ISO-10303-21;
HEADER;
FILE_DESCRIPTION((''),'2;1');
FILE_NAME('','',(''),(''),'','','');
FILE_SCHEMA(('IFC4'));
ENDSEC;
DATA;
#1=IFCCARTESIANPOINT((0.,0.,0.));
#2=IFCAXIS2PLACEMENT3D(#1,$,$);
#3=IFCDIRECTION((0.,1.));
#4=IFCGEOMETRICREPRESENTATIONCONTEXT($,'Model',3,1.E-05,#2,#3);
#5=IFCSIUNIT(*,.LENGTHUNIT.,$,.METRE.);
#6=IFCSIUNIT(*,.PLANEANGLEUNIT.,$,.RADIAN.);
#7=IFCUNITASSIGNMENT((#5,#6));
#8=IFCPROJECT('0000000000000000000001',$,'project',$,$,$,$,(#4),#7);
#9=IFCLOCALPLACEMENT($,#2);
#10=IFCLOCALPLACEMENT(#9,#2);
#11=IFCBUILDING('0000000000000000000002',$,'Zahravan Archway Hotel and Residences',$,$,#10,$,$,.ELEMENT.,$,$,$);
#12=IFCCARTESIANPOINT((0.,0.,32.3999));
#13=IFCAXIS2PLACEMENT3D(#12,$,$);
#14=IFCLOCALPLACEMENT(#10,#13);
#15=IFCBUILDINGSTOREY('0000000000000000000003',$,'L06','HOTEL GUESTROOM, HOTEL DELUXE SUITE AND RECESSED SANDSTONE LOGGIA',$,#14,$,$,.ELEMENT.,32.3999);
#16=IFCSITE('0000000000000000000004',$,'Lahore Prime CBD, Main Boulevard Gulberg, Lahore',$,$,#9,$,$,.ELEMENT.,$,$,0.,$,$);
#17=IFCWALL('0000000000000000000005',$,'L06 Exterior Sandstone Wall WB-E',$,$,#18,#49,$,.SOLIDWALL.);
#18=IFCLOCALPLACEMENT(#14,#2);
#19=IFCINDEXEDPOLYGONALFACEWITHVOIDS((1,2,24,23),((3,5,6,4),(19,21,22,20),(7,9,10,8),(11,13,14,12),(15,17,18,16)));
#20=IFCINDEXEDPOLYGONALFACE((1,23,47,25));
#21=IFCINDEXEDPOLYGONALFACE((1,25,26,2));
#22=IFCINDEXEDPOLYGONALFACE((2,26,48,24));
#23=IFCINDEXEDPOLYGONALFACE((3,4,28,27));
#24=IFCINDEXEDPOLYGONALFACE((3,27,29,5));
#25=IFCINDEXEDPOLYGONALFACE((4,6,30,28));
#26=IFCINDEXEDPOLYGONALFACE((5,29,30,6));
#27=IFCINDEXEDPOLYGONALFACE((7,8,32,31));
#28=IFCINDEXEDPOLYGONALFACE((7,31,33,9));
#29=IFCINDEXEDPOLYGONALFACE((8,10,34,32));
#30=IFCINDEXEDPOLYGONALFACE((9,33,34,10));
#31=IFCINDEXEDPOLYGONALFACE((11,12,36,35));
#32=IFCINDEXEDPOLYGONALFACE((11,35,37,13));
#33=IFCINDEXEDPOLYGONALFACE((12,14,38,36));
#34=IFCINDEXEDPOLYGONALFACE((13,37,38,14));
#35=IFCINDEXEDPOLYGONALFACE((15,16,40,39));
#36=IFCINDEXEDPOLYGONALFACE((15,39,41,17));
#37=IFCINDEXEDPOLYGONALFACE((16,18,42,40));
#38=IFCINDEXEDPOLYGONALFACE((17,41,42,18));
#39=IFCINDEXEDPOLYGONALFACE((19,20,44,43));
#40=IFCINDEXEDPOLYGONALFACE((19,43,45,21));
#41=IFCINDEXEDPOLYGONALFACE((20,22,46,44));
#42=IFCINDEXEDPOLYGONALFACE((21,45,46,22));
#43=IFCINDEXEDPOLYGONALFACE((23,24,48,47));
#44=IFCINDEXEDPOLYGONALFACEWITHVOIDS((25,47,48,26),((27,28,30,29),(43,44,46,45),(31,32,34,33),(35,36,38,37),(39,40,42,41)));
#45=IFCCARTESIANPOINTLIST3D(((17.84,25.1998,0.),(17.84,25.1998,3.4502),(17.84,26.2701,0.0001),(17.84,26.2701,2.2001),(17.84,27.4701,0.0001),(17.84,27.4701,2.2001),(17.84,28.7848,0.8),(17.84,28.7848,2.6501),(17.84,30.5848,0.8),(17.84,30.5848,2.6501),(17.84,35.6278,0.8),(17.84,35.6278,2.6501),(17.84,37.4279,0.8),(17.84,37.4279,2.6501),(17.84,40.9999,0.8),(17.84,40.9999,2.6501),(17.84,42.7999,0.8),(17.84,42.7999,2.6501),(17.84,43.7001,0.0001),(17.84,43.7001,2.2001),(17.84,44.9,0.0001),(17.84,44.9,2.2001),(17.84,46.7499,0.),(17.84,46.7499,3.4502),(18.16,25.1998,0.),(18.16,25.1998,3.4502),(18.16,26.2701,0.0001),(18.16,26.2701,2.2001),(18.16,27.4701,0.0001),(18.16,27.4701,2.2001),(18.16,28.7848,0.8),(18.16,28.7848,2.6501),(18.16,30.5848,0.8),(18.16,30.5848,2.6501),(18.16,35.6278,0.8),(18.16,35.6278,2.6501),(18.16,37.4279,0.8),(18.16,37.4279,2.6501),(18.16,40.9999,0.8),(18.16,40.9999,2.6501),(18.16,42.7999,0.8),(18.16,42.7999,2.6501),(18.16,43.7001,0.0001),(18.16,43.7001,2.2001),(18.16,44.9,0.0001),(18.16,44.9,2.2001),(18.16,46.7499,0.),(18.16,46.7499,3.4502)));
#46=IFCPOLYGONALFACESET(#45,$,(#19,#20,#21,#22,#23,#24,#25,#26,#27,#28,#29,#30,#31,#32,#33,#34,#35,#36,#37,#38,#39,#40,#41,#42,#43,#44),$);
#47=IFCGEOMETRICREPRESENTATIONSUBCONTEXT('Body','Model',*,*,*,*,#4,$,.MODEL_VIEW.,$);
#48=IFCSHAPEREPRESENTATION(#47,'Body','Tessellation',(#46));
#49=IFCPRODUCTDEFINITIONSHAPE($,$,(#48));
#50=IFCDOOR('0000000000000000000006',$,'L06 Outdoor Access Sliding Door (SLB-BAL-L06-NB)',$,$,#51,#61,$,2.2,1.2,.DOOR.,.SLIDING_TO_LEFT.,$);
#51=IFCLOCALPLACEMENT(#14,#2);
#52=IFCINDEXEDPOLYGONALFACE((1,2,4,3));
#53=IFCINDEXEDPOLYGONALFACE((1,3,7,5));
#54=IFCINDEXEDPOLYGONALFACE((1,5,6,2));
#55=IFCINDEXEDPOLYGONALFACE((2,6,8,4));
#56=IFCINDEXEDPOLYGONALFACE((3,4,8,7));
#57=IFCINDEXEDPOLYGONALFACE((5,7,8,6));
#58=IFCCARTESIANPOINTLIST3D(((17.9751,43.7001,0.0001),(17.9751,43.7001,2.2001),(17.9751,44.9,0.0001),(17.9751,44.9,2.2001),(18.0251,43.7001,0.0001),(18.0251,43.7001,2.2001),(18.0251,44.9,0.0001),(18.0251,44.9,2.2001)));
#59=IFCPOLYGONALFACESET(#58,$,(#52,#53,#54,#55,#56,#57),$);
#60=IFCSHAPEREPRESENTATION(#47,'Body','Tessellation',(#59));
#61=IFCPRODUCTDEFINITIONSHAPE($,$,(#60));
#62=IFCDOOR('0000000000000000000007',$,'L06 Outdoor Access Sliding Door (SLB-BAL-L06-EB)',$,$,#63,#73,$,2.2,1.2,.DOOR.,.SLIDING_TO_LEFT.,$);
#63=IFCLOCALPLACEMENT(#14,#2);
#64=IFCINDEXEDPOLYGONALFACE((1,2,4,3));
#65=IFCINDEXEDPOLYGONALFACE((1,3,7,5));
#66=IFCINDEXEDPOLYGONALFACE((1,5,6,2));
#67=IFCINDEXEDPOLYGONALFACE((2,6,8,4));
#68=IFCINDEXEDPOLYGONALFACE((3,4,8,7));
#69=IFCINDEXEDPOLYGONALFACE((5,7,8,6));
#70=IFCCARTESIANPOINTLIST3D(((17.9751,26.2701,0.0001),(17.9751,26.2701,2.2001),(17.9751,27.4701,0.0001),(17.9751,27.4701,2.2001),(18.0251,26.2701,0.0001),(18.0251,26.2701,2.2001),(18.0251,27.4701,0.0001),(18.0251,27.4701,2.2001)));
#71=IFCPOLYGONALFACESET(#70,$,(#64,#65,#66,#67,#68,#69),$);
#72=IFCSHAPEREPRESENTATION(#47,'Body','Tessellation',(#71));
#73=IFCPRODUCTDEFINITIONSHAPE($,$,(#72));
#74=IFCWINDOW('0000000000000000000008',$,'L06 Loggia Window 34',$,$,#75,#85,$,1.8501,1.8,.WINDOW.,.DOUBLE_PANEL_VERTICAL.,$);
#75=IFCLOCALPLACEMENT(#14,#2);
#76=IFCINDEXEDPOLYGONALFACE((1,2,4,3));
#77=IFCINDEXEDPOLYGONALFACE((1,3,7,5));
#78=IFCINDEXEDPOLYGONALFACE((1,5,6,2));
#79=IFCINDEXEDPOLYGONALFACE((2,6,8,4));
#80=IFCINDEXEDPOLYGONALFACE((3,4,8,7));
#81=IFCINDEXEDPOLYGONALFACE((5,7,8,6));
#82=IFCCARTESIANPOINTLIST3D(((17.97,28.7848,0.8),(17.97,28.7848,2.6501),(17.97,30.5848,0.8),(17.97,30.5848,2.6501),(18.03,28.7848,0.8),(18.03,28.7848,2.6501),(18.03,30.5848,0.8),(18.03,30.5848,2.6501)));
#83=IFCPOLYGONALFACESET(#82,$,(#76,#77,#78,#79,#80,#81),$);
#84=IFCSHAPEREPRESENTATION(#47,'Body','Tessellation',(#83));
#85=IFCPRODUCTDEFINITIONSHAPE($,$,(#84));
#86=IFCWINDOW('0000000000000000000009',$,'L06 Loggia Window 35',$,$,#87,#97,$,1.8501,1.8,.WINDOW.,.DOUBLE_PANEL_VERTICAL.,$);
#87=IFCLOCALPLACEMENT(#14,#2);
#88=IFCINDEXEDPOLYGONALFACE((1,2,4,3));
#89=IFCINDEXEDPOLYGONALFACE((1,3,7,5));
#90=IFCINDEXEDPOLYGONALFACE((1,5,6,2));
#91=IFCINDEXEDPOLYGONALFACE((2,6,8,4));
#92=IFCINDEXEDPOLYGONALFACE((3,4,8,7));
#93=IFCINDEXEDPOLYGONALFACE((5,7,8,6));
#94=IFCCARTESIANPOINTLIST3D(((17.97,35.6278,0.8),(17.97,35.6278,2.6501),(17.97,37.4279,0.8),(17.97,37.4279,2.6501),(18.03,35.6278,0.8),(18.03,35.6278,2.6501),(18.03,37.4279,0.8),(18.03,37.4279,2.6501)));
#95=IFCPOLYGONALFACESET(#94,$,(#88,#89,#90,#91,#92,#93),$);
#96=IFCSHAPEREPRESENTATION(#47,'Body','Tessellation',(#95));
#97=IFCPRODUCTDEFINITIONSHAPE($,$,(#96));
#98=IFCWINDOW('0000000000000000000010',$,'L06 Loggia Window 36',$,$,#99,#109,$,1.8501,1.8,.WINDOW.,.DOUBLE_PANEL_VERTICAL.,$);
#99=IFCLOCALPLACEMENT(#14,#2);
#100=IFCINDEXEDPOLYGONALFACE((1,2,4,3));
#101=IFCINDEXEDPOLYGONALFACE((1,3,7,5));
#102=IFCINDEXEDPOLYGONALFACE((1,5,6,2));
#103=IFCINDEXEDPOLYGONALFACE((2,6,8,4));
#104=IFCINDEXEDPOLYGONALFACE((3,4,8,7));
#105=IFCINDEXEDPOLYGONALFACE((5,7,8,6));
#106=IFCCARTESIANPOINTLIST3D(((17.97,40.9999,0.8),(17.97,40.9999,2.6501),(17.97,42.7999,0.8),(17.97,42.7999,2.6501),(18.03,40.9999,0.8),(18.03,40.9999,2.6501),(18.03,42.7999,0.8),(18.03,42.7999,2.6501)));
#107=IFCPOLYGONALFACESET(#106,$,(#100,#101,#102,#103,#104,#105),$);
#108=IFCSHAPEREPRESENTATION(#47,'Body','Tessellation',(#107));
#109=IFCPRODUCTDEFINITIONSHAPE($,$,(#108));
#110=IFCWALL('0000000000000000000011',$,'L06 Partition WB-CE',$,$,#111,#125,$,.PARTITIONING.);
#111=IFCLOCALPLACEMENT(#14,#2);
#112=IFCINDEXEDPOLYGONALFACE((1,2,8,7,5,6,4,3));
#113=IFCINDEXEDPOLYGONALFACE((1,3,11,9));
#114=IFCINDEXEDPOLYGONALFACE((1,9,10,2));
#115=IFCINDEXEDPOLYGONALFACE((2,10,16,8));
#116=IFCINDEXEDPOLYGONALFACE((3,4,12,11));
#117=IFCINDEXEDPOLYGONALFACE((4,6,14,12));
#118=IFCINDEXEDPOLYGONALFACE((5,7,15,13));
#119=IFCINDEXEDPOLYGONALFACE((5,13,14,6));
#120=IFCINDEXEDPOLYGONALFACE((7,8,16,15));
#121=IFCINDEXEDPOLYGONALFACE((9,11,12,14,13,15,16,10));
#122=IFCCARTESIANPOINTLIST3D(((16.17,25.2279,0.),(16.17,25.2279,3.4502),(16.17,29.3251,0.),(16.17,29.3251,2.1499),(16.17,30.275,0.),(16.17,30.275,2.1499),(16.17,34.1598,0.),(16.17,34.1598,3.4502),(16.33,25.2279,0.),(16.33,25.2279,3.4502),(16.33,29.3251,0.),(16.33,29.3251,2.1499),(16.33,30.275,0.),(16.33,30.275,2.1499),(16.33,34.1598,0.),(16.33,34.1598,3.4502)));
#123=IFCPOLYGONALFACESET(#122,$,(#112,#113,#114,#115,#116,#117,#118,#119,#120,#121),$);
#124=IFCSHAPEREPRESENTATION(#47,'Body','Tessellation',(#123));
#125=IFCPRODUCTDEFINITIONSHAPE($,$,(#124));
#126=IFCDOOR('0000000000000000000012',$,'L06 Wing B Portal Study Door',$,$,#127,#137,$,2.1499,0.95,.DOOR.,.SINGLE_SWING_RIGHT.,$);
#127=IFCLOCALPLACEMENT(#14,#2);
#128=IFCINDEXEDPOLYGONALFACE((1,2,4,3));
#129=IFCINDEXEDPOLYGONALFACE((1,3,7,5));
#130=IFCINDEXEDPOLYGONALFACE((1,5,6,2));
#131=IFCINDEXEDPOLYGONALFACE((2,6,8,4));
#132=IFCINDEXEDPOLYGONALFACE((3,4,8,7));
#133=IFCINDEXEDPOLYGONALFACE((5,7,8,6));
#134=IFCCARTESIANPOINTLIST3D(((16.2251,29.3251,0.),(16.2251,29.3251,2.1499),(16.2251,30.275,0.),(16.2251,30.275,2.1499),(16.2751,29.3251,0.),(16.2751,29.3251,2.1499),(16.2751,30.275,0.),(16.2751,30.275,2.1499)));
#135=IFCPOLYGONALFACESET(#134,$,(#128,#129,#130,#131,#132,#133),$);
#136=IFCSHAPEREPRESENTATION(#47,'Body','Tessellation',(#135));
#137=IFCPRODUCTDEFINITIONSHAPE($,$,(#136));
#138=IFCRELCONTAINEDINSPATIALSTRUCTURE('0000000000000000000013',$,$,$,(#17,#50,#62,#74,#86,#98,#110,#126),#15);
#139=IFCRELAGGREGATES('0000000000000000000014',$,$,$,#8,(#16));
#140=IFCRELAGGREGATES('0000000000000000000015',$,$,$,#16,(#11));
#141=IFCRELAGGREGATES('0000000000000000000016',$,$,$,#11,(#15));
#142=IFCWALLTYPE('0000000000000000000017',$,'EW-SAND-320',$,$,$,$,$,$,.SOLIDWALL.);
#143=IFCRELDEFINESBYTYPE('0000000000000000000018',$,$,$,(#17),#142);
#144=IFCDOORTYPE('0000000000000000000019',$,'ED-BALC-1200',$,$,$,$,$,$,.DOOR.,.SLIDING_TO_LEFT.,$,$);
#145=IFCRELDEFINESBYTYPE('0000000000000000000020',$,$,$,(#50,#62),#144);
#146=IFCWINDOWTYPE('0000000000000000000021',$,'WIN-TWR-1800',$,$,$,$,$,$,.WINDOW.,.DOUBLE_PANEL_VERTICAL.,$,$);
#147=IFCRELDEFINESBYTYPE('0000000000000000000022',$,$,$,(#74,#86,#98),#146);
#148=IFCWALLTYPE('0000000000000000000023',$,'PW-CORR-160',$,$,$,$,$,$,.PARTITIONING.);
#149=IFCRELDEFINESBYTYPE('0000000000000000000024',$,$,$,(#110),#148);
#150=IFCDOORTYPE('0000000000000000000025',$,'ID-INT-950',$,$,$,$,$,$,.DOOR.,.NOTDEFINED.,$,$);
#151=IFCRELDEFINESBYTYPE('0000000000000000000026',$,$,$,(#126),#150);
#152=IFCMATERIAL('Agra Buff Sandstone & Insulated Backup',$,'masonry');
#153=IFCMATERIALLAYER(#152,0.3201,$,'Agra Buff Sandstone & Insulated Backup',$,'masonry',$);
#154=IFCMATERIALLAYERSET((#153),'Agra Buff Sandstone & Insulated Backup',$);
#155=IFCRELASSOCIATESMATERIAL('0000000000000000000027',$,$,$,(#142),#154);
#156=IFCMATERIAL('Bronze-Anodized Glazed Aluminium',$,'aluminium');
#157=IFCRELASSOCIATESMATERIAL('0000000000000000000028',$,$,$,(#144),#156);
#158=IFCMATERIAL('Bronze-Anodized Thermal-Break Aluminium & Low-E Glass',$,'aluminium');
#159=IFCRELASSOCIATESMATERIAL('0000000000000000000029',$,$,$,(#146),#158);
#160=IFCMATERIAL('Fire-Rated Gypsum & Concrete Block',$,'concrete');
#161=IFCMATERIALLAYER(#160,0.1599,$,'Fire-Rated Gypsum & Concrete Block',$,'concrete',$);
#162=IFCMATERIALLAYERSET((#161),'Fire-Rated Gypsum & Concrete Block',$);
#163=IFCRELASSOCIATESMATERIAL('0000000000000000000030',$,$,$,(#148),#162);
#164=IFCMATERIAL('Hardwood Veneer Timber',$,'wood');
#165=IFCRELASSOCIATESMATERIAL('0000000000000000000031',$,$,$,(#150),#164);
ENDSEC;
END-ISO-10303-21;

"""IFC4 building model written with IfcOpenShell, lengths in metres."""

from ifc_helpers import new_model, si_unit, direction, frame, frame_2d, origin, place, context, subcontext, project, spatial, rectangle, extrude, source, transform, mapped, material, layer, layer_set, type_object, type_shapes, element, fill, save


model = new_model("IFC4")

# Units and contexts
model_context = context("Model", 3, precision=1e-05, world=origin(), true_north=direction((0.0, 1.0)))
body_context = subcontext(model_context, "Body", "Model", "MODEL_VIEW")
ifc_project = project(units=[si_unit("LENGTHUNIT", "METRE"), si_unit("PLANEANGLEUNIT", "RADIAN")], contexts=[model_context])

# Site, building, storey
site_placement = place(None, origin())
site = spatial("IfcSite", under=ifc_project, at=site_placement, Name="Lahore Prime CBD, Main Boulevard Gulberg, Lahore", CompositionType="ELEMENT", RefElevation=0.0)
building_placement = place(site_placement, origin())
building = spatial("IfcBuilding", under=site, at=building_placement, Name="Zahravan Archway Hotel and Residences", CompositionType="ELEMENT")
storey_placement = place(building_placement, frame((0.0, 0.0, 32.3999)))
storey = spatial("IfcBuildingStorey", under=building, at=storey_placement, Name="L06", Description="HOTEL GUESTROOM, HOTEL DELUXE SUITE AND RECESSED SANDSTONE LOGGIA", CompositionType="ELEMENT", Elevation=32.3999)

# Wall, openings, doors, windows
ifc_material_1 = material(Name="Agra Buff Sandstone & Insulated Backup", Category="masonry")
ifc_layer_1 = layer(ifc_material_1, 0.3201, Name="Agra Buff Sandstone & Insulated Backup", Category="masonry")
ifc_layer_set_1 = layer_set([ifc_layer_1], Name="Agra Buff Sandstone & Insulated Backup")
wall_type_1 = type_object("IfcWallType", Name="EW-SAND-320", PredefinedType="SOLIDWALL", material=ifc_layer_set_1)
wall_1_placement = place(storey_placement, frame((18.0, 25.2, 0.0), z_axis=(0.0, 0.0, 1.0), x_axis=(0.0, 1.0, 0.0)))
wall_1 = element("IfcWall", 1, at=wall_1_placement, inside=storey, type_object=wall_type_1, Name="L06 Exterior Sandstone Wall WB-E", PredefinedType="SOLIDWALL", context=body_context, shape_type="SweptSolid", body=[
    extrude(rectangle(XDim=21.55, YDim=0.3201, at=frame_2d((10.7749, 0.0))), origin(), (0.0, 0.0, 1.0), 3.4502),
])
opening_1_placement = place(wall_1_placement, frame((18.5, 0.0, 0.0)))
opening_1 = element("IfcOpeningElement", 2, at=opening_1_placement, cuts=wall_1, PredefinedType="OPENING", context=body_context, shape_type="SweptSolid", body=[
    extrude(rectangle(XDim=1.2, YDim=2.2, at=frame_2d((0.6001, 1.1001))), frame((0.0, 0.1699, 0.0), z_axis=(0.0, -1.0, 0.0), x_axis=(1.0, 0.0, 0.0)), (0.0, 0.0, 1.0), 0.3401),
])
opening_2_placement = place(wall_1_placement, frame((1.0701, 0.0, 0.0)))
opening_2 = element("IfcOpeningElement", 3, at=opening_2_placement, cuts=wall_1, PredefinedType="OPENING", context=body_context, shape_type="SweptSolid", body=[
    extrude(rectangle(XDim=1.2, YDim=2.2, at=frame_2d((0.6001, 1.1001))), frame((0.0, 0.1699, 0.0), z_axis=(0.0, -1.0, 0.0), x_axis=(1.0, 0.0, 0.0)), (0.0, 0.0, 1.0), 0.3401),
])
opening_3_placement = place(wall_1_placement, frame((3.585, 0.0, 0.8)))
opening_3 = element("IfcOpeningElement", 4, at=opening_3_placement, cuts=wall_1, PredefinedType="OPENING", context=body_context, shape_type="SweptSolid", body=[
    extrude(rectangle(XDim=1.8, YDim=1.8501, at=frame_2d((0.8999, 0.925))), frame((0.0, 0.1699, 0.0), z_axis=(0.0, -1.0, 0.0), x_axis=(1.0, 0.0, 0.0)), (0.0, 0.0, 1.0), 0.3401),
])
opening_4_placement = place(wall_1_placement, frame((10.428, 0.0, 0.8)))
opening_4 = element("IfcOpeningElement", 5, at=opening_4_placement, cuts=wall_1, PredefinedType="OPENING", context=body_context, shape_type="SweptSolid", body=[
    extrude(rectangle(XDim=1.8, YDim=1.8501, at=frame_2d((0.8999, 0.925))), frame((0.0, 0.1699, 0.0), z_axis=(0.0, -1.0, 0.0), x_axis=(1.0, 0.0, 0.0)), (0.0, 0.0, 1.0), 0.3401),
])
opening_5_placement = place(wall_1_placement, frame((15.8, 0.0, 0.8)))
opening_5 = element("IfcOpeningElement", 6, at=opening_5_placement, cuts=wall_1, PredefinedType="OPENING", context=body_context, shape_type="SweptSolid", body=[
    extrude(rectangle(XDim=1.8, YDim=1.8501, at=frame_2d((0.8999, 0.925))), frame((0.0, 0.1699, 0.0), z_axis=(0.0, -1.0, 0.0), x_axis=(1.0, 0.0, 0.0)), (0.0, 0.0, 1.0), 0.3401),
])
ifc_material_2 = material(Name="Bronze-Anodized Glazed Aluminium", Category="aluminium")
door_type_1 = type_object("IfcDoorType", Name="ED-BALC-1200", OperationType="SLIDING_TO_LEFT", PredefinedType="DOOR", material=ifc_material_2)
shared_shape_1 = source(origin(), body_context, "Body", "SweptSolid", [
    extrude(rectangle(XDim=1.2, YDim=2.2, at=frame_2d((0.6001, 1.1001))), frame((0.0, 0.0249, 0.0), z_axis=(0.0, -1.0, 0.0), x_axis=(1.0, 0.0, 0.0)), (0.0, 0.0, 1.0), 0.05),
])
type_shapes(door_type_1, [shared_shape_1])
door_1_placement = place(opening_1_placement, origin())
door_1 = element("IfcDoor", 7, at=door_1_placement, inside=storey, type_object=door_type_1, Name="L06 Outdoor Access Sliding Door (SLB-BAL-L06-NB)", OperationType="SLIDING_TO_LEFT", OverallHeight=2.2, OverallWidth=1.2, PredefinedType="DOOR", context=body_context, shape_type="MappedRepresentation", body=[
    mapped(shared_shape_1, transform((0.0, 0.0, 0.0), scale=1.0)),
])
fill(opening_1, door_1)
door_2_placement = place(opening_2_placement, origin())
door_2 = element("IfcDoor", 8, at=door_2_placement, inside=storey, type_object=door_type_1, Name="L06 Outdoor Access Sliding Door (SLB-BAL-L06-EB)", OperationType="SLIDING_TO_LEFT", OverallHeight=2.2, OverallWidth=1.2, PredefinedType="DOOR", context=body_context, shape_type="MappedRepresentation", body=[
    mapped(shared_shape_1, transform((0.0, 0.0, 0.0), scale=1.0)),
])
fill(opening_2, door_2)
ifc_material_3 = material(Name="Bronze-Anodized Thermal-Break Aluminium & Low-E Glass", Category="aluminium")
window_type = type_object("IfcWindowType", Name="WIN-TWR-1800", PartitioningType="DOUBLE_PANEL_VERTICAL", PredefinedType="WINDOW", material=ifc_material_3)
shared_shape_2 = source(origin(), body_context, "Body", "SweptSolid", [
    extrude(rectangle(XDim=1.8, YDim=1.8501, at=frame_2d((0.8999, 0.925))), frame((0.0, 0.03, 0.0), z_axis=(0.0, -1.0, 0.0), x_axis=(1.0, 0.0, 0.0)), (0.0, 0.0, 1.0), 0.0601),
])
type_shapes(window_type, [shared_shape_2])
window_1_placement = place(opening_3_placement, origin())
window_1 = element("IfcWindow", 9, at=window_1_placement, inside=storey, type_object=window_type, Name="L06 Loggia Window 34", OverallHeight=1.8501, OverallWidth=1.8, PartitioningType="DOUBLE_PANEL_VERTICAL", PredefinedType="WINDOW", context=body_context, shape_type="MappedRepresentation", body=[
    mapped(shared_shape_2, transform((0.0, 0.0, 0.0), scale=1.0)),
])
fill(opening_3, window_1)
window_2_placement = place(opening_4_placement, origin())
window_2 = element("IfcWindow", 10, at=window_2_placement, inside=storey, type_object=window_type, Name="L06 Loggia Window 35", OverallHeight=1.8501, OverallWidth=1.8, PartitioningType="DOUBLE_PANEL_VERTICAL", PredefinedType="WINDOW", context=body_context, shape_type="MappedRepresentation", body=[
    mapped(shared_shape_2, transform((0.0, 0.0, 0.0), scale=1.0)),
])
fill(opening_4, window_2)
window_3_placement = place(opening_5_placement, origin())
window_3 = element("IfcWindow", 11, at=window_3_placement, inside=storey, type_object=window_type, Name="L06 Loggia Window 36", OverallHeight=1.8501, OverallWidth=1.8, PartitioningType="DOUBLE_PANEL_VERTICAL", PredefinedType="WINDOW", context=body_context, shape_type="MappedRepresentation", body=[
    mapped(shared_shape_2, transform((0.0, 0.0, 0.0), scale=1.0)),
])
fill(opening_5, window_3)

# Wall, opening, door
ifc_material_4 = material(Name="Fire-Rated Gypsum & Concrete Block", Category="concrete")
ifc_layer_2 = layer(ifc_material_4, 0.1599, Name="Fire-Rated Gypsum & Concrete Block", Category="concrete")
ifc_layer_set_2 = layer_set([ifc_layer_2], Name="Fire-Rated Gypsum & Concrete Block")
wall_type_2 = type_object("IfcWallType", Name="PW-CORR-160", PredefinedType="PARTITIONING", material=ifc_layer_set_2)
wall_2_placement = place(storey_placement, frame((16.25, 25.228, 0.0), z_axis=(0.0, 0.0, 1.0), x_axis=(0.0, 1.0, 0.0)))
wall_2 = element("IfcWall", 12, at=wall_2_placement, inside=storey, type_object=wall_type_2, Name="L06 Partition WB-CE", PredefinedType="PARTITIONING", context=body_context, shape_type="SweptSolid", body=[
    extrude(rectangle(XDim=8.9319, YDim=0.1599, at=frame_2d((4.4658, 0.0))), origin(), (0.0, 0.0, 1.0), 3.4502),
])
opening_6_placement = place(wall_2_placement, frame((4.0969, 0.0, 0.0)))
opening_6 = element("IfcOpeningElement", 13, at=opening_6_placement, cuts=wall_2, PredefinedType="OPENING", context=body_context, shape_type="SweptSolid", body=[
    extrude(rectangle(XDim=0.95, YDim=2.1499, at=frame_2d((0.4751, 1.075))), frame((0.0, 0.0898, 0.0), z_axis=(0.0, -1.0, 0.0), x_axis=(1.0, 0.0, 0.0)), (0.0, 0.0, 1.0), 0.1799),
])
ifc_material_5 = material(Name="Hardwood Veneer Timber", Category="wood")
door_type_2 = type_object("IfcDoorType", Name="ID-INT-950", OperationType="NOTDEFINED", PredefinedType="DOOR", material=ifc_material_5)
shared_shape_3 = source(origin(), body_context, "Body", "SweptSolid", [
    extrude(rectangle(XDim=0.95, YDim=2.1499, at=frame_2d((0.4751, 1.075))), frame((0.0, 0.0249, 0.0), z_axis=(0.0, -1.0, 0.0), x_axis=(1.0, 0.0, 0.0)), (0.0, 0.0, 1.0), 0.05),
])
type_shapes(door_type_2, [shared_shape_3])
door_3_placement = place(opening_6_placement, origin())
door_3 = element("IfcDoor", 14, at=door_3_placement, inside=storey, type_object=door_type_2, Name="L06 Wing B Portal Study Door", OperationType="SINGLE_SWING_RIGHT", OverallHeight=2.1499, OverallWidth=0.95, PredefinedType="DOOR", context=body_context, shape_type="MappedRepresentation", body=[
    mapped(shared_shape_3, transform((0.0, 0.0, 0.0), scale=1.0)),
])
fill(opening_6, door_3)

save(model, "model.ifc")
